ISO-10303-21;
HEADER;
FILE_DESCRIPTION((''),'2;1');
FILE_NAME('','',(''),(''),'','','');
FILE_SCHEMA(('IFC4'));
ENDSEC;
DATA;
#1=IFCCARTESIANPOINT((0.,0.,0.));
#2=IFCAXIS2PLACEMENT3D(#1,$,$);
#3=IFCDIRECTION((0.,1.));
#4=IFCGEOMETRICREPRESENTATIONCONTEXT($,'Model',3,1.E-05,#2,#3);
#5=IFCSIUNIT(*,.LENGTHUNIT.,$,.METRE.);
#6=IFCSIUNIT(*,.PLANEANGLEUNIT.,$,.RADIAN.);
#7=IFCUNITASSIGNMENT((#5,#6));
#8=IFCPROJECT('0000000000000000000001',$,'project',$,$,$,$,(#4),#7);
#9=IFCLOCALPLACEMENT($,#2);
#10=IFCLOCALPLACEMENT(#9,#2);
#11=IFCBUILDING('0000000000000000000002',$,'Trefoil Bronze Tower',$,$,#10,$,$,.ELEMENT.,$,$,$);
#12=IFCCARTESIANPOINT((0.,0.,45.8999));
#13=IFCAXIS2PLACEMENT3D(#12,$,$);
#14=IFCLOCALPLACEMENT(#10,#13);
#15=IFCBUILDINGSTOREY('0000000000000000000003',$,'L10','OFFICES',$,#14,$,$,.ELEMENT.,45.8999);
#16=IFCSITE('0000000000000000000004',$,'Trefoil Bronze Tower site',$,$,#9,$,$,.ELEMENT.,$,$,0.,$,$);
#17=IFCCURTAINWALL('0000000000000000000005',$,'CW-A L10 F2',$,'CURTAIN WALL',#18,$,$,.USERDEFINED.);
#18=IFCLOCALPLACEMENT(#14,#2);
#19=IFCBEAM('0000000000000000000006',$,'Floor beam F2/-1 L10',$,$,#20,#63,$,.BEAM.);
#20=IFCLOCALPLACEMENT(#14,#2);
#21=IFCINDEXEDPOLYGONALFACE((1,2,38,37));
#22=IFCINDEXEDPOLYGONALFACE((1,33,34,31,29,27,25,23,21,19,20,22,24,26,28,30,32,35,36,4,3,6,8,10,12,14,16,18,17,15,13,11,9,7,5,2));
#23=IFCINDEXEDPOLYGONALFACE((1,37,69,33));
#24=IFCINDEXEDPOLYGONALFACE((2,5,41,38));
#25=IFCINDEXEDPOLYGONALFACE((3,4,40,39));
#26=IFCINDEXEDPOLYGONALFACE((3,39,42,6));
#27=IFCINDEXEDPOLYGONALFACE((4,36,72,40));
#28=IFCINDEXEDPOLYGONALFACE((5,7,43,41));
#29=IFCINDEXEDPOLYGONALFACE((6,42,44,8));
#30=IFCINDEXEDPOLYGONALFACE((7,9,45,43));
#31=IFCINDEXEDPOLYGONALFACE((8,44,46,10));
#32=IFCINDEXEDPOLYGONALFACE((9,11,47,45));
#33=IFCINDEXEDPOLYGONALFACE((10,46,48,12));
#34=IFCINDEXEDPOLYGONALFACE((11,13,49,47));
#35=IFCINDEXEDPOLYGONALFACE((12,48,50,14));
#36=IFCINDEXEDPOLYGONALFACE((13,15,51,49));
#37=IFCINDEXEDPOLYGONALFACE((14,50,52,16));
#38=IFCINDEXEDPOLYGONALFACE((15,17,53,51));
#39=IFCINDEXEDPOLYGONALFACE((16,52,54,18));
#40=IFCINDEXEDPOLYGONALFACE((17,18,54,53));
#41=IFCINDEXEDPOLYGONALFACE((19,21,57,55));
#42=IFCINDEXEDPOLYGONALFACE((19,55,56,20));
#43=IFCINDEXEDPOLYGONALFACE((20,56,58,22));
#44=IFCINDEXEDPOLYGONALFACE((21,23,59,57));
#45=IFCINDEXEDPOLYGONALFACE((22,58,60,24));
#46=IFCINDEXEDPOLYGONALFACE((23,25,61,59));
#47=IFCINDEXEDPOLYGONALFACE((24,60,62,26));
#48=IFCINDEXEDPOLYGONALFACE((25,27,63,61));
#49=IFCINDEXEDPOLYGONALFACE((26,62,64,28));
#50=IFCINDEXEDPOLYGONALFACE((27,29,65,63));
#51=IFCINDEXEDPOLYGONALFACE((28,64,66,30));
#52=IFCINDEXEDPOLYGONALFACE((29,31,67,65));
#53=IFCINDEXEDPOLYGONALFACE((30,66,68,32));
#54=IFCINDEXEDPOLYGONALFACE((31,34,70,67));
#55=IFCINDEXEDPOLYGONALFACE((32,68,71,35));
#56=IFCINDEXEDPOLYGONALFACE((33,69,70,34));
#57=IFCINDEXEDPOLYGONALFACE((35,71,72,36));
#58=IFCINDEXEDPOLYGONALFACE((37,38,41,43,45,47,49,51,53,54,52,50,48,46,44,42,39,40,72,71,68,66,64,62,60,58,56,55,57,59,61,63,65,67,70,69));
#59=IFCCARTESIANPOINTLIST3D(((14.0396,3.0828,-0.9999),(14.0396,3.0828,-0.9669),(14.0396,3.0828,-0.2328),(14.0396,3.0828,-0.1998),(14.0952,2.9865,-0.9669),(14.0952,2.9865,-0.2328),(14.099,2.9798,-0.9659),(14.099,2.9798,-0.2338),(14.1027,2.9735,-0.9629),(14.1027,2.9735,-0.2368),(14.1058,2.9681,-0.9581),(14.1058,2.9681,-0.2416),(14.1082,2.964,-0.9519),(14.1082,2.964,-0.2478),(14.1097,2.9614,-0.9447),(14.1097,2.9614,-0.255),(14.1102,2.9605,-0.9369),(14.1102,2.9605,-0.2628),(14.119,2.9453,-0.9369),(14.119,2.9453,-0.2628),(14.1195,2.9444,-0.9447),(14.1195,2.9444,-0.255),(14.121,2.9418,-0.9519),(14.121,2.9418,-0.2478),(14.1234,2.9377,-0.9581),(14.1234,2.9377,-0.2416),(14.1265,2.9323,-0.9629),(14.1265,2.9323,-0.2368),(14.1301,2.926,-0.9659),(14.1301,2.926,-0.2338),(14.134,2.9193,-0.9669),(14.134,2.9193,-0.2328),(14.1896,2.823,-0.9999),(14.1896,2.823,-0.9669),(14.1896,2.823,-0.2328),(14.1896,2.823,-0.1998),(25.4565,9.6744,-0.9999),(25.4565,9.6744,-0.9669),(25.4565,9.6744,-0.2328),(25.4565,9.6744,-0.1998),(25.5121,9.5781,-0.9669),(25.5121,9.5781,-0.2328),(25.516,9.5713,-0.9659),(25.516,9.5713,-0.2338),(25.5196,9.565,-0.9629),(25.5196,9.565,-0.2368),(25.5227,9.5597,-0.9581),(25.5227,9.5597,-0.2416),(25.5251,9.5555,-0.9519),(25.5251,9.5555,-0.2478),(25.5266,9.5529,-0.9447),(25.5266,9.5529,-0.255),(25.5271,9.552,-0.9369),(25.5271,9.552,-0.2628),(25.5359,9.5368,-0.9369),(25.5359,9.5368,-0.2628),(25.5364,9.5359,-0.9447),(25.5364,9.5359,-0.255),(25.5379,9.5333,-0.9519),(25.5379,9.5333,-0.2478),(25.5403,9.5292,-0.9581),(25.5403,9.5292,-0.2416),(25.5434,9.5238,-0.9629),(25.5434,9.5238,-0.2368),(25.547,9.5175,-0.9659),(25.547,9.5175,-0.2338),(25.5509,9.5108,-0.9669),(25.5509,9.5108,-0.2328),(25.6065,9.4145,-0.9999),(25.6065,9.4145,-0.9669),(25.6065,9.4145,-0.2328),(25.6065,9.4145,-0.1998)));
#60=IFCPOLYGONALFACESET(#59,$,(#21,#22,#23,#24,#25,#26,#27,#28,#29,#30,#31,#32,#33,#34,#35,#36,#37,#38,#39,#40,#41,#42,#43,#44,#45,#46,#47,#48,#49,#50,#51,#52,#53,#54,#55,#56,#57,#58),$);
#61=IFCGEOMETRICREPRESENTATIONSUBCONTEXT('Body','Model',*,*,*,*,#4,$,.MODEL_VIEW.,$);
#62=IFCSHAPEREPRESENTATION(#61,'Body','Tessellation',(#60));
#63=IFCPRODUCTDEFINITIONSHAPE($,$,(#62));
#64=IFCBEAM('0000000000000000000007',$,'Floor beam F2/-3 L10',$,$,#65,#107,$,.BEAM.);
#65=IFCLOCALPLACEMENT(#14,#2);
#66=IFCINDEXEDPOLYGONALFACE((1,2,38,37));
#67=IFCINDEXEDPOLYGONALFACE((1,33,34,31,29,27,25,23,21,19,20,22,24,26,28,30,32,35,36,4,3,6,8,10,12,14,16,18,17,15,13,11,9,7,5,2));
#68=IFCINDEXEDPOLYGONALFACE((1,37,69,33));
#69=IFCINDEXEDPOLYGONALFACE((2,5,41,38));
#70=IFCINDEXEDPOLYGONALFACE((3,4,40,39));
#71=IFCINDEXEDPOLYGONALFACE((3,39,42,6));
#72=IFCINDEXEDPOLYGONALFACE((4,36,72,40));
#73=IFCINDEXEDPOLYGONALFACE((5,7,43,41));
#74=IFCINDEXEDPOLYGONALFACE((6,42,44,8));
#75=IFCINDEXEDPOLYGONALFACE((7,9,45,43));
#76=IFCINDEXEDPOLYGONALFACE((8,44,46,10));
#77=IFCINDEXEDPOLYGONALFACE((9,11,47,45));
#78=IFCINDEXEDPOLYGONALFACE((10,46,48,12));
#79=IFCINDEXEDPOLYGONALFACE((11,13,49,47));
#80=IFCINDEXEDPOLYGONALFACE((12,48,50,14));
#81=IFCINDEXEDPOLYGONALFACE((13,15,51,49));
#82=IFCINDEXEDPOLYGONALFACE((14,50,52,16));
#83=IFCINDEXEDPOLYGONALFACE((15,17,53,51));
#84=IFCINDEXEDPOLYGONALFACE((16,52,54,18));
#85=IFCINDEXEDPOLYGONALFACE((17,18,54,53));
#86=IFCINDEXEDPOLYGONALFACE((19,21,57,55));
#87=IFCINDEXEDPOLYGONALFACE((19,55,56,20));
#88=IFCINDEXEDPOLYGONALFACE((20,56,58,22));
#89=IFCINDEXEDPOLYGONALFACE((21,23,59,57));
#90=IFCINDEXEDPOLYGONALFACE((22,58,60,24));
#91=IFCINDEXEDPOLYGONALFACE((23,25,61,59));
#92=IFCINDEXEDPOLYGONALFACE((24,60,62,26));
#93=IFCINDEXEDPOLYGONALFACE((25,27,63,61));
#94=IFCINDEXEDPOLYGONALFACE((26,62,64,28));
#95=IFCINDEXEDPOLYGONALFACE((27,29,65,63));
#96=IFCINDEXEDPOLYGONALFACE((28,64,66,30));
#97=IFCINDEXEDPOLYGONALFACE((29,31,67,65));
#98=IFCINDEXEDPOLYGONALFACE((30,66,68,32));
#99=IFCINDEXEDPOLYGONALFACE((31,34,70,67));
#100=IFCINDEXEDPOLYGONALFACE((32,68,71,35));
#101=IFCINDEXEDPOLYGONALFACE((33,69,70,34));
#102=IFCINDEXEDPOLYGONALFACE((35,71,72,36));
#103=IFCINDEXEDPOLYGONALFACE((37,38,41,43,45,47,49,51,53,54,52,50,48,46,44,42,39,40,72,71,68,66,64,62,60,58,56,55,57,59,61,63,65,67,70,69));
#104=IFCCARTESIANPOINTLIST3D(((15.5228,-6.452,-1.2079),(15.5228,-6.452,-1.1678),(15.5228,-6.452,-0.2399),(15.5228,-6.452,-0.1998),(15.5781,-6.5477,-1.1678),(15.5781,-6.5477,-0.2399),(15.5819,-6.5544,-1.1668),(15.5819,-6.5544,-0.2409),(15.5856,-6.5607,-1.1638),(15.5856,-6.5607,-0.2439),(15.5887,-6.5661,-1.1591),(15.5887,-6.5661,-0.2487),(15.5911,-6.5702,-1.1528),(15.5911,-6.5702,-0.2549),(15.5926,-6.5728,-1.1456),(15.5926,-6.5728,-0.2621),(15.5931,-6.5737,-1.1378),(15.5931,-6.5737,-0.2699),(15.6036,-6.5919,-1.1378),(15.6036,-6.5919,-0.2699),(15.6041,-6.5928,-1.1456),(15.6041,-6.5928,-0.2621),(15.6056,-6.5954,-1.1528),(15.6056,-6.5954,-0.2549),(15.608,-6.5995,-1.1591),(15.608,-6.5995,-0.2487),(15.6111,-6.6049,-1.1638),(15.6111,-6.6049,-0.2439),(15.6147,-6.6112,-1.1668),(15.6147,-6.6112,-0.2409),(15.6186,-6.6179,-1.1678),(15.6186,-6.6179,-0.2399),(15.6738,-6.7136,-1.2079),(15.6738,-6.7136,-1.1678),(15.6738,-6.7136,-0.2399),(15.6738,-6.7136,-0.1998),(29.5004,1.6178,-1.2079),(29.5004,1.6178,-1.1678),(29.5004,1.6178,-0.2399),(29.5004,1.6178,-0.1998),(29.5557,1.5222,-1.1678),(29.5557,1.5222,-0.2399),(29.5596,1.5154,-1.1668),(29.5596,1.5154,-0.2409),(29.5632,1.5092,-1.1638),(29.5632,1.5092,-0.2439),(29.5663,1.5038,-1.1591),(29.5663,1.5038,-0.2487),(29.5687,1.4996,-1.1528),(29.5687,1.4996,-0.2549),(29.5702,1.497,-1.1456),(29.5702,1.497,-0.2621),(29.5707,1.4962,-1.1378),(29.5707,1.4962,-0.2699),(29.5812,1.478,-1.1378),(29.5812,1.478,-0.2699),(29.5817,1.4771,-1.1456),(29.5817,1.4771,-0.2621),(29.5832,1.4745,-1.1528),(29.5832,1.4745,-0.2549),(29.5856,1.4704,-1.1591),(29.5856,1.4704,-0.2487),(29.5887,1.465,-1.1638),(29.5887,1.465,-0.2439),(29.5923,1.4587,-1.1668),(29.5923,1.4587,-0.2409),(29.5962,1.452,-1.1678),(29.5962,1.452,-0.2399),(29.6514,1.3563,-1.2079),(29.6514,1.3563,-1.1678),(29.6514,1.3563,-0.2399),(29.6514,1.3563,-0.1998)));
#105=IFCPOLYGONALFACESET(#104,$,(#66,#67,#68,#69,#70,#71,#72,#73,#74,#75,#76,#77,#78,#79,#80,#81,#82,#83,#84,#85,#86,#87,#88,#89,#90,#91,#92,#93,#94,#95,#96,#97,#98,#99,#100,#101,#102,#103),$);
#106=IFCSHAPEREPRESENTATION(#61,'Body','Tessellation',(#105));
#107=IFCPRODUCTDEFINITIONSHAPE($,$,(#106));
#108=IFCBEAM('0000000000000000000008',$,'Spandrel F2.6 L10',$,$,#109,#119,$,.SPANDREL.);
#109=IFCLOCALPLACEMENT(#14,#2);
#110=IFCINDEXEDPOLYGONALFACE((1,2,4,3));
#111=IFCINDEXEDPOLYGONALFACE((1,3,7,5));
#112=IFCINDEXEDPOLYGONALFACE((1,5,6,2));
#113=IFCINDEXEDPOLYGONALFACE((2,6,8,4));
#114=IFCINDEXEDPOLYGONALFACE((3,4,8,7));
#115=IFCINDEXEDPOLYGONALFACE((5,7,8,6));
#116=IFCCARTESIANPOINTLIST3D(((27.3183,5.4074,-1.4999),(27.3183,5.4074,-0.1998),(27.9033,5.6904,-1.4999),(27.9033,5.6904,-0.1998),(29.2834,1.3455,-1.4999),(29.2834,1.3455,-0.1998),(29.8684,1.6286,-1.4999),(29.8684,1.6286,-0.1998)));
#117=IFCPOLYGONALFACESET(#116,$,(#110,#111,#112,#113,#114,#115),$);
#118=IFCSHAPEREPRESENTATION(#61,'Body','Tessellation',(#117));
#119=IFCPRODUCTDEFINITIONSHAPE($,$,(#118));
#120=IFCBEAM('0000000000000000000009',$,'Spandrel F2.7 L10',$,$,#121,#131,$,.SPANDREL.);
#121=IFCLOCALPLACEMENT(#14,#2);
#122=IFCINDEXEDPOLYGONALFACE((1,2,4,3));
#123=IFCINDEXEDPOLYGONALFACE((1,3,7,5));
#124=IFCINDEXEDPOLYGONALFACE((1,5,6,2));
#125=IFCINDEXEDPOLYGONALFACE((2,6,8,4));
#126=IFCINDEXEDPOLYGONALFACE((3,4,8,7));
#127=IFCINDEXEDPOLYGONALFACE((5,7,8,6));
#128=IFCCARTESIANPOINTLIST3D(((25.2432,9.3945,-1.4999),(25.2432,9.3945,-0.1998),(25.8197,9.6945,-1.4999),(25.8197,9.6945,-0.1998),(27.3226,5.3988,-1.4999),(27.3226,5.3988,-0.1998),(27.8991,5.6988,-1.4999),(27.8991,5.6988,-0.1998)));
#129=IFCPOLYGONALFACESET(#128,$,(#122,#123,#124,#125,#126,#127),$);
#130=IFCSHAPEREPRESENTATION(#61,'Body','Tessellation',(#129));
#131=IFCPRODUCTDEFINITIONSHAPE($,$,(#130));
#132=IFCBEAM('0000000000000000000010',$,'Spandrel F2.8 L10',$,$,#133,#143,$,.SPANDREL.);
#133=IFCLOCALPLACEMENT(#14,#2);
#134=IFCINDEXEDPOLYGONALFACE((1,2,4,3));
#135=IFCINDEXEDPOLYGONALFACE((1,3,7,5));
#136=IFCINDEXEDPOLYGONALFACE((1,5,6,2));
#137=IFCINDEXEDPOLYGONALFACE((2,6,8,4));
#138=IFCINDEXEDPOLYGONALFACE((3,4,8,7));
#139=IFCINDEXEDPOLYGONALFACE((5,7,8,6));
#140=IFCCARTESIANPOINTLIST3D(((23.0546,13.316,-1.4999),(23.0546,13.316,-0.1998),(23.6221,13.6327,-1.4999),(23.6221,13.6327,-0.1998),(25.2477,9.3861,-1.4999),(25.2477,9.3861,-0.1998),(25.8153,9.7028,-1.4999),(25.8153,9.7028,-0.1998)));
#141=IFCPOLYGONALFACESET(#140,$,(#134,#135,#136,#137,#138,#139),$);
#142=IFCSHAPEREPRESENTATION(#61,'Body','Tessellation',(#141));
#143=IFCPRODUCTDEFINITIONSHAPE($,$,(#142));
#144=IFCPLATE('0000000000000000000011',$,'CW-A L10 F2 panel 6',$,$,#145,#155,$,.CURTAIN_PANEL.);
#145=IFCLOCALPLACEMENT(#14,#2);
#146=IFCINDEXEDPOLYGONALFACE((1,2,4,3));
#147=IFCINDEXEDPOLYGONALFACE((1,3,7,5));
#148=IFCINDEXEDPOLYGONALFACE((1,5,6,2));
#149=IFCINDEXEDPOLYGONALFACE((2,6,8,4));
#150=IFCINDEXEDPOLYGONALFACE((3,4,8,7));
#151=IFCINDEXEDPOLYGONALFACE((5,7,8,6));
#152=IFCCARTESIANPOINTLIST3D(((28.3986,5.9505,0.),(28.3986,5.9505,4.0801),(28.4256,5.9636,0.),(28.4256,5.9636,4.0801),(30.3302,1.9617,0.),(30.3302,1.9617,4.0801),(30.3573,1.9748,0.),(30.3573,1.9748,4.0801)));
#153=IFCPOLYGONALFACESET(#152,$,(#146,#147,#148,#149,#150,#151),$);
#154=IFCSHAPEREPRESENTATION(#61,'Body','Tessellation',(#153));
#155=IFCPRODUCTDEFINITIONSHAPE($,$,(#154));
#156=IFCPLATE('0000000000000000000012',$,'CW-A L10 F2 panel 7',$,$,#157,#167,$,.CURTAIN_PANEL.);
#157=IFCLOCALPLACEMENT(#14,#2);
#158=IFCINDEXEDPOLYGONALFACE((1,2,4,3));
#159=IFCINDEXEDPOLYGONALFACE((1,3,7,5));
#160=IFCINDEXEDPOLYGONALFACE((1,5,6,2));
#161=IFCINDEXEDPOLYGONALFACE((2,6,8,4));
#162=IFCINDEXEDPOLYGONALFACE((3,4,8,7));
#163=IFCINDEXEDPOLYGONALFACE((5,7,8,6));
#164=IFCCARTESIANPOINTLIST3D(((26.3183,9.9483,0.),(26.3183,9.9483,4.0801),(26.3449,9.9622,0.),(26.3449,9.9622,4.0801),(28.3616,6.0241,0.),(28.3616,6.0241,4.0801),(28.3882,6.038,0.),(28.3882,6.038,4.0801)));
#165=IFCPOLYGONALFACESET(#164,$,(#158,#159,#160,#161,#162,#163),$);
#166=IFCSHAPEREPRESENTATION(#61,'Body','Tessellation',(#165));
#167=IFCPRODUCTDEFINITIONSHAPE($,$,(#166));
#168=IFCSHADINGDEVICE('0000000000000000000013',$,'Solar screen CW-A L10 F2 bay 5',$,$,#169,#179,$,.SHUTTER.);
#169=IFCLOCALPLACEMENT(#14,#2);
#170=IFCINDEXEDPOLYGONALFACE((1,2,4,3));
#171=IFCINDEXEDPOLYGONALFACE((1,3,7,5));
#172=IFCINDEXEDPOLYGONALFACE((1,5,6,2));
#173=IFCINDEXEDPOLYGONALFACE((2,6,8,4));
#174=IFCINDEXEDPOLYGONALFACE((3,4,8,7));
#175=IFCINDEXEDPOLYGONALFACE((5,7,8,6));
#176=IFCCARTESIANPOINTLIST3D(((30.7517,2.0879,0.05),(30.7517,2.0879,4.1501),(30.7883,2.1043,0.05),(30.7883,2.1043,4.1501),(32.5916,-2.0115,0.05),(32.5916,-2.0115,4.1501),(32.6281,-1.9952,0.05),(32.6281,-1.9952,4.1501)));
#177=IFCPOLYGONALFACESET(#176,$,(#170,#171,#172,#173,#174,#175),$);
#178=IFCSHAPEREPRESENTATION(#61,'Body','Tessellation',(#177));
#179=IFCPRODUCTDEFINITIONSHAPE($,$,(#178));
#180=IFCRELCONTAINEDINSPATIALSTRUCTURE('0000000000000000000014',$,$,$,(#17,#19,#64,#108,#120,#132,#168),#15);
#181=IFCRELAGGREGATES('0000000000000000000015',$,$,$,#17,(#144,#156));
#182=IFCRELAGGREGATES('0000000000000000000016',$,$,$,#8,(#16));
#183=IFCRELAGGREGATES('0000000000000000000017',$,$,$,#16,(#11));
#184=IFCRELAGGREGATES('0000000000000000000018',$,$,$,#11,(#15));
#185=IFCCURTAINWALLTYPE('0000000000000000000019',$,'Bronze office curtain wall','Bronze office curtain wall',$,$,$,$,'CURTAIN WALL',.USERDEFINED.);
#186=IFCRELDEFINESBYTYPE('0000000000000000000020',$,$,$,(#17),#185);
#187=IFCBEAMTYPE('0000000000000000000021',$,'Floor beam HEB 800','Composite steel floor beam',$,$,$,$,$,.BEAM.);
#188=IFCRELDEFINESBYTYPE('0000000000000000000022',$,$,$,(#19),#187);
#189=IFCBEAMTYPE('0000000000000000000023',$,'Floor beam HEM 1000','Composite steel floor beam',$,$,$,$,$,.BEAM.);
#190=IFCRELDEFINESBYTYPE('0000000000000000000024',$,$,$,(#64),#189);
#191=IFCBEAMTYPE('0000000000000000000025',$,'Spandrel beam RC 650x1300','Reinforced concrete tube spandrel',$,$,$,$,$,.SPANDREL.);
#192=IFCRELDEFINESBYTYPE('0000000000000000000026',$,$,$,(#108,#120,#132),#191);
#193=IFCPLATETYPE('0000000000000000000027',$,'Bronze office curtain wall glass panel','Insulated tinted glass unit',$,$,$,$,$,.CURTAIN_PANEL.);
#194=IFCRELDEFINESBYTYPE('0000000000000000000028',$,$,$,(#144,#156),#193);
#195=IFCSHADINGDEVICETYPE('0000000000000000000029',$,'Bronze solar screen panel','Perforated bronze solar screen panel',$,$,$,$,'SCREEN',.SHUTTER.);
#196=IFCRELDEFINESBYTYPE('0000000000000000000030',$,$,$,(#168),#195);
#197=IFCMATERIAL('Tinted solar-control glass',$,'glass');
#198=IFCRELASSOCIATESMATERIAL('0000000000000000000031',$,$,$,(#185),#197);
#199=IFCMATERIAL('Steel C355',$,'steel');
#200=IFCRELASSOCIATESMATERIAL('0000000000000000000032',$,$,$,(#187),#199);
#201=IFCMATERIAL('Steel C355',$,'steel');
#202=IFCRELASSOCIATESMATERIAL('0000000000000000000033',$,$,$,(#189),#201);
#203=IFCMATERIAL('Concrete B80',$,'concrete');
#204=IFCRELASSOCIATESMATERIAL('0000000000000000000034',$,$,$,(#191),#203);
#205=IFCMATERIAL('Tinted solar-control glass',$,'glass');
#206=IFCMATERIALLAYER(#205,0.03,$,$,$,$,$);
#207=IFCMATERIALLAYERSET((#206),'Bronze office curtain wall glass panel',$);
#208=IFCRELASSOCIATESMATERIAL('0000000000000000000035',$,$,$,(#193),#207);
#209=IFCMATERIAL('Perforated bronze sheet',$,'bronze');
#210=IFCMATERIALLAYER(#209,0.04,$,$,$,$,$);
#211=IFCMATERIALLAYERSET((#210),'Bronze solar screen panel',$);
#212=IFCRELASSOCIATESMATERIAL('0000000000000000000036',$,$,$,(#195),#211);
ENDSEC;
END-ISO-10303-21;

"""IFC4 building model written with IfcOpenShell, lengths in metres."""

from ifc_helpers import new_model, si_unit, direction, frame, origin, origin_2d, place, context, subcontext, project, spatial, rectangle, i_section, extrude, material, layer, layer_set, material_profile, profile_set, type_object, element, aggregate, save


model = new_model("IFC4")

# Units and contexts
model_context = context("Model", 3, precision=1e-05, world=origin(), true_north=direction((0.0, 1.0)))
body_context = subcontext(model_context, "Body", "Model", "MODEL_VIEW")
ifc_project = project(units=[si_unit("LENGTHUNIT", "METRE"), si_unit("PLANEANGLEUNIT", "RADIAN")], contexts=[model_context])

# Site, building, storey
site_placement = place(None, origin())
site = spatial("IfcSite", under=ifc_project, at=site_placement, Name="Trefoil Bronze Tower site", CompositionType="ELEMENT", RefElevation=0.0)
building_placement = place(site_placement, origin())
building = spatial("IfcBuilding", under=site, at=building_placement, Name="Trefoil Bronze Tower", CompositionType="ELEMENT")
storey_placement = place(building_placement, frame((0.0, 0.0, 45.8999)))
storey = spatial("IfcBuildingStorey", under=building, at=storey_placement, Name="L10", Description="OFFICES", CompositionType="ELEMENT", Elevation=45.8999)

# Curtain wall
ifc_material_1 = material(Name="Tinted solar-control glass", Category="glass")
curtain_wall_type = type_object("IfcCurtainWallType", Name="Bronze office curtain wall", Description="Bronze office curtain wall", ElementType="CURTAIN WALL", PredefinedType="USERDEFINED", material=ifc_material_1)
curtain_wall_placement = place(storey_placement, origin())
curtain_wall = element("IfcCurtainWall", 1, at=curtain_wall_placement, inside=storey, type_object=curtain_wall_type, Name="CW-A L10 F2", ObjectType="CURTAIN WALL", PredefinedType="USERDEFINED")

# Beams
ifc_material_2 = material(Name="Steel C355", Category="steel")
ifc_material_profile_1 = material_profile(ifc_material_2, i_section(OverallWidth=0.3, OverallDepth=0.8, WebThickness=0.0176, FlangeThickness=0.033, FilletRadius=0.03, at=origin_2d()), Name="HEB 800")
ifc_profile_set_1 = profile_set([ifc_material_profile_1], Name="Steel C355")
beam_type_1 = type_object("IfcBeamType", Name="Floor beam HEB 800", Description="Composite steel floor beam", PredefinedType="BEAM", material=ifc_profile_set_1)
beam_1_placement = place(storey_placement, frame((25.5315, 9.5444, -0.5999), z_axis=(-0.866027, -0.499997, 0.0), x_axis=(0.499997, -0.866027, 0.0)))
element("IfcBeam", 2, at=beam_1_placement, inside=storey, type_object=beam_type_1, Name="Floor beam F2/-1 L10", PredefinedType="BEAM", context=body_context, shape_type="SweptSolid", body=[
    extrude(i_section(OverallWidth=0.3, OverallDepth=0.8, WebThickness=0.0176, FlangeThickness=0.033, FilletRadius=0.03, at=origin_2d()), origin(), (0.0, 0.0, 1.0), 13.1831),
])
ifc_material_3 = material(Name="Steel C355", Category="steel")
ifc_material_profile_2 = material_profile(ifc_material_3, i_section(OverallWidth=0.302, OverallDepth=1.0081, WebThickness=0.021, FlangeThickness=0.04, FilletRadius=0.03, at=origin_2d()), Name="HEM 1000")
ifc_profile_set_2 = profile_set([ifc_material_profile_2], Name="Steel C355")
beam_type_2 = type_object("IfcBeamType", Name="Floor beam HEM 1000", Description="Composite steel floor beam", PredefinedType="BEAM", material=ifc_profile_set_2)
beam_2_placement = place(storey_placement, frame((29.5759, 1.4871, -0.7039), z_axis=(-0.866028, -0.499995, 0.0), x_axis=(0.499995, -0.866028, 0.0)))
element("IfcBeam", 3, at=beam_2_placement, inside=storey, type_object=beam_type_2, Name="Floor beam F2/-3 L10", PredefinedType="BEAM", context=body_context, shape_type="SweptSolid", body=[
    extrude(i_section(OverallWidth=0.302, OverallDepth=1.0081, WebThickness=0.021, FlangeThickness=0.04, FilletRadius=0.03, at=origin_2d()), origin(), (0.0, 0.0, 1.0), 16.1399),
])
ifc_material_4 = material(Name="Concrete B80", Category="concrete")
ifc_material_profile_3 = material_profile(ifc_material_4, rectangle(XDim=0.6499, YDim=1.3, at=origin_2d()), Name="RC 650x1300")
ifc_profile_set_3 = profile_set([ifc_material_profile_3], Name="Concrete B80")
beam_type_3 = type_object("IfcBeamType", Name="Spandrel beam RC 650x1300", Description="Reinforced concrete tube spandrel", PredefinedType="SPANDREL", material=ifc_profile_set_3)
beam_3_placement = place(storey_placement, frame((29.5759, 1.4871, -0.8499), z_axis=(-0.43551, 0.900184, 0.0), x_axis=(-0.900184, -0.43551, 0.0)))
element("IfcBeam", 4, at=beam_3_placement, inside=storey, type_object=beam_type_3, Name="Spandrel F2.6 L10", PredefinedType="SPANDREL", context=body_context, shape_type="SweptSolid", body=[
    extrude(rectangle(XDim=0.6499, YDim=1.3, at=origin_2d()), origin(), (0.0, 0.0, 1.0), 4.5122),
])
beam_4_placement = place(storey_placement, frame((27.6108, 5.5488, -0.8499), z_axis=(-0.461638, 0.887069, 0.0), x_axis=(-0.887069, -0.461638, 0.0)))
element("IfcBeam", 5, at=beam_4_placement, inside=storey, type_object=beam_type_3, Name="Spandrel F2.7 L10", PredefinedType="SPANDREL", context=body_context, shape_type="SweptSolid", body=[
    extrude(rectangle(XDim=0.6499, YDim=1.3, at=origin_2d()), origin(), (0.0, 0.0, 1.0), 4.5044),
])
beam_5_placement = place(storey_placement, frame((25.5315, 9.5444, -0.8499), z_axis=(-0.487309, 0.873229, 0.0), x_axis=(-0.873229, -0.487309, 0.0)))
element("IfcBeam", 6, at=beam_5_placement, inside=storey, type_object=beam_type_3, Name="Spandrel F2.8 L10", PredefinedType="SPANDREL", context=body_context, shape_type="SweptSolid", body=[
    extrude(rectangle(XDim=0.6499, YDim=1.3, at=origin_2d()), origin(), (0.0, 0.0, 1.0), 4.5005),
])

# Plates
ifc_material_5 = material(Name="Tinted solar-control glass", Category="glass")
ifc_layer_1 = layer(ifc_material_5, 0.03)
ifc_layer_set_1 = layer_set([ifc_layer_1], Name="Bronze office curtain wall glass panel")
plate_type = type_object("IfcPlateType", Name="Bronze office curtain wall glass panel", Description="Insulated tinted glass unit", PredefinedType="CURTAIN_PANEL", material=ifc_layer_set_1)
plate_1_placement = place(storey_placement, frame((29.3779, 3.9626, 0.0), z_axis=(0.0, 0.0, 1.0), x_axis=(-0.435855, 0.900017, 0.0)))
plate_1 = element("IfcPlate", 7, at=plate_1_placement, type_object=plate_type, Name="CW-A L10 F2 panel 6", PredefinedType="CURTAIN_PANEL", context=body_context, shape_type="SweptSolid", body=[
    extrude(rectangle(XDim=4.4319, YDim=0.03, at=origin_2d()), origin(), (0.0, 0.0, 1.0), 4.0801),
])
plate_2_placement = place(storey_placement, frame((27.3533, 7.9932, 0.0), z_axis=(0.0, 0.0, 1.0), x_axis=(-0.46183, 0.886969, 0.0)))
plate_2 = element("IfcPlate", 8, at=plate_2_placement, type_object=plate_type, Name="CW-A L10 F2 panel 7", PredefinedType="CURTAIN_PANEL", context=body_context, shape_type="SweptSolid", body=[
    extrude(rectangle(XDim=4.4243, YDim=0.03, at=origin_2d()), origin(), (0.0, 0.0, 1.0), 4.0801),
])
aggregate(curtain_wall, [plate_1, plate_2])

# Shading device
ifc_material_6 = material(Name="Perforated bronze sheet", Category="bronze")
ifc_layer_2 = layer(ifc_material_6, 0.04)
ifc_layer_set_2 = layer_set([ifc_layer_2], Name="Bronze solar screen panel")
shading_device_type = type_object("IfcShadingDeviceType", Name="Bronze solar screen panel", Description="Perforated bronze solar screen panel", ElementType="SCREEN", PredefinedType="SHUTTER", material=ifc_layer_set_2)
shading_device_1_placement = place(storey_placement, frame((31.6899, 0.0464, 0.05), z_axis=(0.0, 0.0, 1.0), x_axis=(-0.409456, 0.91233, 0.0)))
element("IfcShadingDevice", 9, at=shading_device_1_placement, inside=storey, type_object=shading_device_type, Name="Solar screen CW-A L10 F2 bay 5", PredefinedType="SHUTTER", context=body_context, shape_type="SweptSolid", body=[
    extrude(rectangle(XDim=4.4934, YDim=0.04, at=origin_2d()), origin(), (0.0, 0.0, 1.0), 4.1001),
])

save(model, "model.ifc")
